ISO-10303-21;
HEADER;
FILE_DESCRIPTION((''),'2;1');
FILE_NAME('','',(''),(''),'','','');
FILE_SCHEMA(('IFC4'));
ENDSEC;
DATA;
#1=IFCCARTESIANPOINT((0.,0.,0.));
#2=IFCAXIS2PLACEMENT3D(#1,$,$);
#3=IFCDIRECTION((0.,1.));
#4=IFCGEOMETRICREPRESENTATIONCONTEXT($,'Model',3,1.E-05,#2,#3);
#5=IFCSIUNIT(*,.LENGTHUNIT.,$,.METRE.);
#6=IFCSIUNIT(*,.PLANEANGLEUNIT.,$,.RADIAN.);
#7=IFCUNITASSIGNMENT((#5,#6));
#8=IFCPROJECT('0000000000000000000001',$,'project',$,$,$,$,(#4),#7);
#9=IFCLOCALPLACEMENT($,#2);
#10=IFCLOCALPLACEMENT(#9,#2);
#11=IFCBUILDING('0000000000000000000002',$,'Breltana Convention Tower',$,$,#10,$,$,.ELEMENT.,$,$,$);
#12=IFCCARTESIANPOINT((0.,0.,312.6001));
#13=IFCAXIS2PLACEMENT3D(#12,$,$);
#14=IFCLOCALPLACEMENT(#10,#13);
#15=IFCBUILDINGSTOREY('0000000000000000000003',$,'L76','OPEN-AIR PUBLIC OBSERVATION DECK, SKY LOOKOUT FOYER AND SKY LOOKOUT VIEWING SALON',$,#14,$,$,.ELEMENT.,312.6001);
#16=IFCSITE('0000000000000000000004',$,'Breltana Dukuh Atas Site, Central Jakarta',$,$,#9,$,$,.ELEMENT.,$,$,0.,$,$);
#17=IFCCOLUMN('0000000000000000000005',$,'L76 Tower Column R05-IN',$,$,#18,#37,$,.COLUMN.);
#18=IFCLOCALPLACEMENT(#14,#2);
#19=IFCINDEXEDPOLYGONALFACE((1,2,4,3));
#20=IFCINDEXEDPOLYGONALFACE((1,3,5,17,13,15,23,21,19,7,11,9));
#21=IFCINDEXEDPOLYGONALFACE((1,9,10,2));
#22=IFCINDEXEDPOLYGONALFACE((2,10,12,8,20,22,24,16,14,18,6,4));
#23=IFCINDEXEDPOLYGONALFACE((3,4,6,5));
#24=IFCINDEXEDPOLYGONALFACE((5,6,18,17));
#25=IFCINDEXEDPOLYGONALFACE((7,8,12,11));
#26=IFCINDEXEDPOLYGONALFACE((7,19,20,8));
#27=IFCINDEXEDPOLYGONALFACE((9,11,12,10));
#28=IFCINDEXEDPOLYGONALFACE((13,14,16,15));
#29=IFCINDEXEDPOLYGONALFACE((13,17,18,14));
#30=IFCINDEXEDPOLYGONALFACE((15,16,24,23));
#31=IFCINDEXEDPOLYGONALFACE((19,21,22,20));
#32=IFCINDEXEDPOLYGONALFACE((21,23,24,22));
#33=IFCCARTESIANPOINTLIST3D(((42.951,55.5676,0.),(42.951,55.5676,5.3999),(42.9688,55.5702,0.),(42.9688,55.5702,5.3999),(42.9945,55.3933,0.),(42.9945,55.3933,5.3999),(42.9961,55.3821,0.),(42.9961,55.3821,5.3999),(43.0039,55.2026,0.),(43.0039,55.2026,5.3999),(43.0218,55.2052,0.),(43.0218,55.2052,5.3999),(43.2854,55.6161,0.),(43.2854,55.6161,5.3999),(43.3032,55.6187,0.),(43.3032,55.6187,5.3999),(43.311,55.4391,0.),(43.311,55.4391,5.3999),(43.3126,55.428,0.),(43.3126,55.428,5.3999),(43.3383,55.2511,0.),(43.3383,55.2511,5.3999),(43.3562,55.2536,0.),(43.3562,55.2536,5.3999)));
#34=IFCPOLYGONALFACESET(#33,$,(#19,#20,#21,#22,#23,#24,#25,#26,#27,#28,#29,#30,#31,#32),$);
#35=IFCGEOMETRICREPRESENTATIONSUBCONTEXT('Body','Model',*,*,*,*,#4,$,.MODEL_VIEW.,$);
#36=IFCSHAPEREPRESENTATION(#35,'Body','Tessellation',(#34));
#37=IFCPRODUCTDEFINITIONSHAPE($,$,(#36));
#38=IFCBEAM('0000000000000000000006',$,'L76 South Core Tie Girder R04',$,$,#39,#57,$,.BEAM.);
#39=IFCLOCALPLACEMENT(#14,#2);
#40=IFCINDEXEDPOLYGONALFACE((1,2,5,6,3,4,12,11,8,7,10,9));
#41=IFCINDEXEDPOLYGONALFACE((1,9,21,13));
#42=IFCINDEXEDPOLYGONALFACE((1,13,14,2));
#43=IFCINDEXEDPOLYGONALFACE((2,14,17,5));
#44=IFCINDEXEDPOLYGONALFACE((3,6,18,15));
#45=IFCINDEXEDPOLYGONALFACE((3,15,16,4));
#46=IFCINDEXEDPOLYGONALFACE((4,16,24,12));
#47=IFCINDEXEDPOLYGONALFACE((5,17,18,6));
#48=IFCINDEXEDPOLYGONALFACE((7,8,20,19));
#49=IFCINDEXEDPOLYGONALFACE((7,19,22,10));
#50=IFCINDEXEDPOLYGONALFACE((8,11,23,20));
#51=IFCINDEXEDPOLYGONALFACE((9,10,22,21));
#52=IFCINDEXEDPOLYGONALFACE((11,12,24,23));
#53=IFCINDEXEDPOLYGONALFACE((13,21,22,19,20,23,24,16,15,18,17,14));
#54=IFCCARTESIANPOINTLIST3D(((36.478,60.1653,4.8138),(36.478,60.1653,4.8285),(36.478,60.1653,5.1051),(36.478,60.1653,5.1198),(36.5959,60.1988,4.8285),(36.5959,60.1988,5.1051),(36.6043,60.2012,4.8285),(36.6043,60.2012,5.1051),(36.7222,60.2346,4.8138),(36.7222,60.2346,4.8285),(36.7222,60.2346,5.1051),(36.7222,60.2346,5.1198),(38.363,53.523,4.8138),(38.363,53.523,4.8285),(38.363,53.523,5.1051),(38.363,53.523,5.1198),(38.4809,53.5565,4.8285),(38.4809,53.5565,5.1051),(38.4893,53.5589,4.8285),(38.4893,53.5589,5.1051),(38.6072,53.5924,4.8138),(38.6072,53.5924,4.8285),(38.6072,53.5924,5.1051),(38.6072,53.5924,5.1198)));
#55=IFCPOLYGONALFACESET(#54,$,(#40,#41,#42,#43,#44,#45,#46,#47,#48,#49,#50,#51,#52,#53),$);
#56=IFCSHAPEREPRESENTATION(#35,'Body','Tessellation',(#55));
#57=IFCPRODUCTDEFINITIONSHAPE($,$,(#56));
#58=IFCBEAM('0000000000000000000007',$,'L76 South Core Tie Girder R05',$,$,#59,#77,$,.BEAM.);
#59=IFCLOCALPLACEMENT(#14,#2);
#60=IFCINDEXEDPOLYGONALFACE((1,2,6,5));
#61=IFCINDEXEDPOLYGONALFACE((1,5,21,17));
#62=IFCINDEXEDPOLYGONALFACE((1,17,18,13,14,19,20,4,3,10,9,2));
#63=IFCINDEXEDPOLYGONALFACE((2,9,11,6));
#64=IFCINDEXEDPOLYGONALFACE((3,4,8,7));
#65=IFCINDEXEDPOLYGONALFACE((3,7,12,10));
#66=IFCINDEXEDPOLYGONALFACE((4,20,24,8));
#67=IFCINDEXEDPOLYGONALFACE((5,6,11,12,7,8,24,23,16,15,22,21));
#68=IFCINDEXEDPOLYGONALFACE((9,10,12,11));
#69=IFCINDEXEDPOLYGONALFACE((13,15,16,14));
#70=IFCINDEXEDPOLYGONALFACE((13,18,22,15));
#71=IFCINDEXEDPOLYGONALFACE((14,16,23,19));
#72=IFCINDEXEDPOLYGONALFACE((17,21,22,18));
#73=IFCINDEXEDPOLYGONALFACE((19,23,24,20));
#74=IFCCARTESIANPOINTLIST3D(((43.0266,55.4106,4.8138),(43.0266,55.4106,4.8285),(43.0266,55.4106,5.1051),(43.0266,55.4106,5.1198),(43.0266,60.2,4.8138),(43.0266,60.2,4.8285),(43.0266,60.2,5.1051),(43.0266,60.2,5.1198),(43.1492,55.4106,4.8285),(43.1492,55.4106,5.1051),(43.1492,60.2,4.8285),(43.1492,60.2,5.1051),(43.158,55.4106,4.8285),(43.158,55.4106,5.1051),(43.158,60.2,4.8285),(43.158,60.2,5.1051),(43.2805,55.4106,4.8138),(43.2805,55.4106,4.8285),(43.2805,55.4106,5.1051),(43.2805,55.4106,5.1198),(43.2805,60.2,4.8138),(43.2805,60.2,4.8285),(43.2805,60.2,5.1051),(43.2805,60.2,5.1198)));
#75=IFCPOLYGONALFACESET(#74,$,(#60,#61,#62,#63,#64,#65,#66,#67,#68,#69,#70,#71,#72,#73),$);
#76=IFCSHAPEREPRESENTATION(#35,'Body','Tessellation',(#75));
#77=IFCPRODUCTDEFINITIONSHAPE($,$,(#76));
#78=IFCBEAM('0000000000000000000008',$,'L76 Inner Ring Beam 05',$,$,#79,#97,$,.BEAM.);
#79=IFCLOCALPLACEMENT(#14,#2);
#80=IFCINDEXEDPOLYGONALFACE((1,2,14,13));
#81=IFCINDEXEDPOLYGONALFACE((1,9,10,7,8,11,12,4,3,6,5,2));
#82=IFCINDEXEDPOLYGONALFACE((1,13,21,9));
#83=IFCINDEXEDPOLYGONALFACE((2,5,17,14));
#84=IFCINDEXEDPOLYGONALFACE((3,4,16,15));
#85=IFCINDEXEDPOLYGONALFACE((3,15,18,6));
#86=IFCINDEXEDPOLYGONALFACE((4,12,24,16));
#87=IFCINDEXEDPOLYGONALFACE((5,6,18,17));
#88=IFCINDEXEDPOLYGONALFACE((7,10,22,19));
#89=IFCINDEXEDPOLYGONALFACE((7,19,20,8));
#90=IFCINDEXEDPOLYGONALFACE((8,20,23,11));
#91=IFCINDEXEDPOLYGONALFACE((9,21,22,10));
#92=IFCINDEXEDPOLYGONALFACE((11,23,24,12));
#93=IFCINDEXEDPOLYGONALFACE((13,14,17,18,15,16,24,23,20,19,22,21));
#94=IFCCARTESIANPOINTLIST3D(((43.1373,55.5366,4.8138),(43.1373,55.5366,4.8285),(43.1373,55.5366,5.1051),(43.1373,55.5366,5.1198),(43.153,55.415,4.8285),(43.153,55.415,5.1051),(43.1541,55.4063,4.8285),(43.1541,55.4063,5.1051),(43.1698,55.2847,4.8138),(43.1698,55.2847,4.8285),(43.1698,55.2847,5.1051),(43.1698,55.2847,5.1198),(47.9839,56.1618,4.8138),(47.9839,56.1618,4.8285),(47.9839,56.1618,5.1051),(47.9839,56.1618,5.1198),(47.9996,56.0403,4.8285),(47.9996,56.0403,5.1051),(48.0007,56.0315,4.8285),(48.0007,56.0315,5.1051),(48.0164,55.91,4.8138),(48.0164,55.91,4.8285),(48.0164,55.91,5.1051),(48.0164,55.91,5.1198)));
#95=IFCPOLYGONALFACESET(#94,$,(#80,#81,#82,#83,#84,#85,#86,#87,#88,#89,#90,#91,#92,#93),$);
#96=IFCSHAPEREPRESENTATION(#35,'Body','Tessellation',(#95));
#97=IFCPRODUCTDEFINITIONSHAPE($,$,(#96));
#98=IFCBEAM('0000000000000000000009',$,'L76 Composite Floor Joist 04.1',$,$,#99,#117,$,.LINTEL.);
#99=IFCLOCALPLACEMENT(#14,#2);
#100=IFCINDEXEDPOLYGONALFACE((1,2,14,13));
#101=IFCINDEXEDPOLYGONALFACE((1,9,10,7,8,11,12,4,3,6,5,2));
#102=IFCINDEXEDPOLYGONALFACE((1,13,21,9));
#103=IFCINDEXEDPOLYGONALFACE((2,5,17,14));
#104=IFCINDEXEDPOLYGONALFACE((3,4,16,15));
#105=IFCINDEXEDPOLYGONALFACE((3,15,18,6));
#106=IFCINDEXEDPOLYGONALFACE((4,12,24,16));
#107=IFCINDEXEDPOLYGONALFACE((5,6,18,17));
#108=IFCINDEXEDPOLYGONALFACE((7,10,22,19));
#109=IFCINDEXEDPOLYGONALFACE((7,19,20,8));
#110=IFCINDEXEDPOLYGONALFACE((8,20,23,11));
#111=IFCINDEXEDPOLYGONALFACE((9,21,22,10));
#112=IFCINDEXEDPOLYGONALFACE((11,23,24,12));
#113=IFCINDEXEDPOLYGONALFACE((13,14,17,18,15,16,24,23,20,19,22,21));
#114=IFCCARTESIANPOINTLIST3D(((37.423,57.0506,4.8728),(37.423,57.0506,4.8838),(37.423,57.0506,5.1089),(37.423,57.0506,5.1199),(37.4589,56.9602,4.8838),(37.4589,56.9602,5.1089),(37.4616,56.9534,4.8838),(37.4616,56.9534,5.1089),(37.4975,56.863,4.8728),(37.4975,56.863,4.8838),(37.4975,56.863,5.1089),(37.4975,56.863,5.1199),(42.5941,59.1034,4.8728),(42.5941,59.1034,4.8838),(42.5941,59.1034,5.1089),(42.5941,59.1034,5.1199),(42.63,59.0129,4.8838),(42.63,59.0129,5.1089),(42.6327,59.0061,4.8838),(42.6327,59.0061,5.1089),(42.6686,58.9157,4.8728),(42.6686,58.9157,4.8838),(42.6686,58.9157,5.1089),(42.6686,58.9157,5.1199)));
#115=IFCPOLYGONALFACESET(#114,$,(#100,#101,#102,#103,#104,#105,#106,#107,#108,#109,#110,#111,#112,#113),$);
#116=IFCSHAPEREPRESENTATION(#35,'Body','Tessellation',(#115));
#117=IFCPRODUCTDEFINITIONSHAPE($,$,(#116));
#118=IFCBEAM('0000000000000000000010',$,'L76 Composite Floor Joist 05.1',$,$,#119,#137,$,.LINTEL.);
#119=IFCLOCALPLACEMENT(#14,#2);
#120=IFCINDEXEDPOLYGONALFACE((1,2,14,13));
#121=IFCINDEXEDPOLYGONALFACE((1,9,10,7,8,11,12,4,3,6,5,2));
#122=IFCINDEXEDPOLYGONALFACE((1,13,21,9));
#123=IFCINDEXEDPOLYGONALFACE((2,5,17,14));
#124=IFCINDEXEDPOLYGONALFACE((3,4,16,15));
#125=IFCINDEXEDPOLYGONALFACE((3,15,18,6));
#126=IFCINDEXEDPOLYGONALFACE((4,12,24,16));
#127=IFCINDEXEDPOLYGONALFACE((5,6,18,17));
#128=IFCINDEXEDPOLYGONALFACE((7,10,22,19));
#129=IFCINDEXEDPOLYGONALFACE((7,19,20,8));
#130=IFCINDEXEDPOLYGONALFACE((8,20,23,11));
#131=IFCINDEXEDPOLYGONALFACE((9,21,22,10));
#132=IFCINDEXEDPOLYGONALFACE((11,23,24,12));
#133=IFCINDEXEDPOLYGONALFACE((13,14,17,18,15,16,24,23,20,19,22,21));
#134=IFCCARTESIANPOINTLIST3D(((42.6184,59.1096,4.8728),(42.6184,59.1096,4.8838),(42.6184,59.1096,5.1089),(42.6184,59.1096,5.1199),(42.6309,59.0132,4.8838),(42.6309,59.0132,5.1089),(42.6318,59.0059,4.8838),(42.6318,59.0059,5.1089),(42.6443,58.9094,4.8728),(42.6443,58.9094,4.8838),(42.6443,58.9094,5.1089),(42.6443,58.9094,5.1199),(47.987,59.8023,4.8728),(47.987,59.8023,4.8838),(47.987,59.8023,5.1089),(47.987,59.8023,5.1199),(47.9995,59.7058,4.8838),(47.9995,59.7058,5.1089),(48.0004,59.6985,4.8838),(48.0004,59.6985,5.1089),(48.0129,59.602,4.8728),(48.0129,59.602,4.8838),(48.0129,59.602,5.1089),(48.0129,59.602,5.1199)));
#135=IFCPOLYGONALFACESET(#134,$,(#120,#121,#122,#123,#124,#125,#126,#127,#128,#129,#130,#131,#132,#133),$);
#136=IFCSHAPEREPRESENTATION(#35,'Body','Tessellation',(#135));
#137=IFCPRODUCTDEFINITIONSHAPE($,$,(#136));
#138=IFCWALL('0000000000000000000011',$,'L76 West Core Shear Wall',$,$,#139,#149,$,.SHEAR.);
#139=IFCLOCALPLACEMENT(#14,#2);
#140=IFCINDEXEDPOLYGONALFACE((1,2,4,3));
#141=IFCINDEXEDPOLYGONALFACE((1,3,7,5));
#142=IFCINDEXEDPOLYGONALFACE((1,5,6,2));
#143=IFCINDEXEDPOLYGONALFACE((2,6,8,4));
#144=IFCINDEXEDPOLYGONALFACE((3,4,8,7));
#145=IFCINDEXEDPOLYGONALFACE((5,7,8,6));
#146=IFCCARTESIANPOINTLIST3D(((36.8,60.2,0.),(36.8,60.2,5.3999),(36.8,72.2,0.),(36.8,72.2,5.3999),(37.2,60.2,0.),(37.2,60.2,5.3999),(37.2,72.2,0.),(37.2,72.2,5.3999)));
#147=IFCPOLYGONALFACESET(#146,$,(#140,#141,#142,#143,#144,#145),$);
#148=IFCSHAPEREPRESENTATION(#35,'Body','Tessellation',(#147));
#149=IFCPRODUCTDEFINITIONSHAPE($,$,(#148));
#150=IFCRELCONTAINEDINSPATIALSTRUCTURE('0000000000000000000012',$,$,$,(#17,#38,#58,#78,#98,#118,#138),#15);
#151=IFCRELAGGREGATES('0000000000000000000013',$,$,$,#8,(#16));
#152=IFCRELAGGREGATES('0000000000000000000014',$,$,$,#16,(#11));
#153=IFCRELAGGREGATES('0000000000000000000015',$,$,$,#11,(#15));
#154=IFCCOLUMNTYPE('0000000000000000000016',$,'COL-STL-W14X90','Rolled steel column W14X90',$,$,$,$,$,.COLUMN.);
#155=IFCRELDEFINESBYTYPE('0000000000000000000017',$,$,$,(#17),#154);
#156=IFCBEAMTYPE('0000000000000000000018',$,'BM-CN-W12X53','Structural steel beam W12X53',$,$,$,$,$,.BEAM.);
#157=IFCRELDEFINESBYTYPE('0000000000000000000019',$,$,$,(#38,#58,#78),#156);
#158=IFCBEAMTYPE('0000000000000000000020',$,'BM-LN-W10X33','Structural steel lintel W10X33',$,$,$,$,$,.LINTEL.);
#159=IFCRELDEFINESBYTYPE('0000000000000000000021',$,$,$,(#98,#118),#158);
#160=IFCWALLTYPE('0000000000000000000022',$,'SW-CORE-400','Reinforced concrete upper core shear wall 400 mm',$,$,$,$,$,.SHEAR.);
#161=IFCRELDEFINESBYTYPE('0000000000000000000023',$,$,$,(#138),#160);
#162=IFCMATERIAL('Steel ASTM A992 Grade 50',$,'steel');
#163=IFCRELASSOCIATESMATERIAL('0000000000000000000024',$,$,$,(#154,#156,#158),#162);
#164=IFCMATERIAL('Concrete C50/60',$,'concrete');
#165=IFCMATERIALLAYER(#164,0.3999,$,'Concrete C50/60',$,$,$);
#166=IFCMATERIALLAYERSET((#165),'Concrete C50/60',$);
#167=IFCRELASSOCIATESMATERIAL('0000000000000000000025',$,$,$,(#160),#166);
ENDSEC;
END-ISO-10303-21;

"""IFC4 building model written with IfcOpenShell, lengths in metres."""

from ifc_helpers import new_model, si_unit, direction, frame, frame_2d, origin, origin_2d, place, context, subcontext, project, spatial, rectangle, i_section, extrude, source, transform, mapped, material, layer, layer_set, material_profile, profile_set, type_object, element, save


model = new_model("IFC4")

# Units and contexts
model_context = context("Model", 3, precision=1e-05, world=origin(), true_north=direction((0.0, 1.0)))
body_context = subcontext(model_context, "Body", "Model", "MODEL_VIEW")
ifc_project = project(units=[si_unit("LENGTHUNIT", "METRE"), si_unit("PLANEANGLEUNIT", "RADIAN")], contexts=[model_context])

# Site, building, storey
site_placement = place(None, origin())
site = spatial("IfcSite", under=ifc_project, at=site_placement, Name="Breltana Dukuh Atas Site, Central Jakarta", CompositionType="ELEMENT", RefElevation=0.0)
building_placement = place(site_placement, origin())
building = spatial("IfcBuilding", under=site, at=building_placement, Name="Breltana Convention Tower", CompositionType="ELEMENT")
storey_placement = place(building_placement, frame((0.0, 0.0, 312.6001)))
storey = spatial("IfcBuildingStorey", under=building, at=storey_placement, Name="L76", Description="OPEN-AIR PUBLIC OBSERVATION DECK, SKY LOOKOUT FOYER AND SKY LOOKOUT VIEWING SALON", CompositionType="ELEMENT", Elevation=312.6001)

# Column
ifc_material_1 = material(Name="Steel ASTM A992 Grade 50", Category="steel")
ifc_material_profile_1 = material_profile(ifc_material_1, i_section(OverallWidth=0.3689, OverallDepth=0.356, WebThickness=0.0112, FlangeThickness=0.0181, at=origin_2d()), Name="W14X90")
ifc_profile_set_1 = profile_set([ifc_material_profile_1], Name="Steel ASTM A992 Grade 50")
column_type = type_object("IfcColumnType", Name="COL-STL-W14X90", Description="Rolled steel column W14X90", PredefinedType="COLUMN", material=ifc_profile_set_1)
shared_shape_1 = source(origin(), body_context, "Body", "SweptSolid", [
    extrude(i_section(OverallWidth=0.3689, OverallDepth=0.356, WebThickness=0.0112, FlangeThickness=0.0181, at=origin_2d()), origin(), (0.0, 0.0, 1.0), 5.3999),
])
column_placement = place(storey_placement, frame((43.1536, 55.4106, 0.0), z_axis=(0.0, 0.0, 1.0), x_axis=(-0.143493, 0.989651, 0.0)))
element("IfcColumn", 1, at=column_placement, inside=storey, type_object=column_type, Name="L76 Tower Column R05-IN", PredefinedType="COLUMN", context=body_context, shape_type="MappedRepresentation", body=[
    mapped(shared_shape_1, transform((0.0, 0.0, 0.0), scale=1.0)),
])

# Beams
ifc_material_profile_2 = material_profile(ifc_material_1, i_section(OverallWidth=0.2539, OverallDepth=0.3059, WebThickness=0.0088, FlangeThickness=0.0146, at=origin_2d()), Name="W12X53")
ifc_profile_set_2 = profile_set([ifc_material_profile_2], Name="Steel ASTM A992 Grade 50")
beam_type_1 = type_object("IfcBeamType", Name="BM-CN-W12X53", Description="Structural steel beam W12X53", PredefinedType="BEAM", material=ifc_profile_set_2)
shared_shape_2 = source(origin(), body_context, "Body", "SweptSolid", [
    extrude(i_section(OverallWidth=0.2539, OverallDepth=0.3059, WebThickness=0.0088, FlangeThickness=0.0146, at=origin_2d()), origin(), (0.0, 0.0, 1.0), 6.9045),
])
beam_1_placement = place(storey_placement, frame((36.6001, 60.2, 4.9668), z_axis=(0.273007, -0.962012, 0.0), x_axis=(0.962012, 0.273007, 0.0)))
element("IfcBeam", 2, at=beam_1_placement, inside=storey, type_object=beam_type_1, Name="L76 South Core Tie Girder R04", PredefinedType="BEAM", context=body_context, shape_type="MappedRepresentation", body=[
    mapped(shared_shape_2, transform((0.0, 0.0, 0.0), scale=1.0)),
])
shared_shape_3 = source(origin(), body_context, "Body", "SweptSolid", [
    extrude(i_section(OverallWidth=0.2539, OverallDepth=0.3059, WebThickness=0.0088, FlangeThickness=0.0146, at=origin_2d()), origin(), (0.0, 0.0, 1.0), 4.7893),
])
beam_2_placement = place(storey_placement, frame((43.1536, 60.2, 4.9668), z_axis=(0.0, -1.0, 0.0), x_axis=(1.0, 0.0, 0.0)))
element("IfcBeam", 3, at=beam_2_placement, inside=storey, type_object=beam_type_1, Name="L76 South Core Tie Girder R05", PredefinedType="BEAM", context=body_context, shape_type="MappedRepresentation", body=[
    mapped(shared_shape_3, transform((0.0, 0.0, 0.0), scale=1.0)),
])
shared_shape_4 = source(origin(), body_context, "Body", "SweptSolid", [
    extrude(i_section(OverallWidth=0.2539, OverallDepth=0.3059, WebThickness=0.0088, FlangeThickness=0.0146, at=origin_2d()), origin(), (0.0, 0.0, 1.0), 4.8867),
])
beam_3_placement = place(storey_placement, frame((43.1536, 55.4106, 4.9668), z_axis=(0.991781, 0.127951, 0.0), x_axis=(-0.127951, 0.991781, 0.0)))
element("IfcBeam", 4, at=beam_3_placement, inside=storey, type_object=beam_type_1, Name="L76 Inner Ring Beam 05", PredefinedType="BEAM", context=body_context, shape_type="MappedRepresentation", body=[
    mapped(shared_shape_4, transform((0.0, 0.0, 0.0), scale=1.0)),
])
ifc_material_profile_3 = material_profile(ifc_material_1, i_section(OverallWidth=0.2019, OverallDepth=0.2471, WebThickness=0.0073, FlangeThickness=0.011, at=origin_2d()), Name="W10X33")
ifc_profile_set_3 = profile_set([ifc_material_profile_3], Name="Steel ASTM A992 Grade 50")
beam_type_2 = type_object("IfcBeamType", Name="BM-LN-W10X33", Description="Structural steel lintel W10X33", PredefinedType="LINTEL", material=ifc_profile_set_3)
shared_shape_5 = source(origin(), body_context, "Body", "SweptSolid", [
    extrude(i_section(OverallWidth=0.2019, OverallDepth=0.2471, WebThickness=0.0073, FlangeThickness=0.011, at=origin_2d()), origin(), (0.0, 0.0, 1.0), 5.5637),
])
beam_4_placement = place(storey_placement, frame((37.4602, 56.9568, 4.9963), z_axis=(0.929448, 0.368953, 0.0), x_axis=(-0.368953, 0.929448, 0.0)))
element("IfcBeam", 5, at=beam_4_placement, inside=storey, type_object=beam_type_2, Name="L76 Composite Floor Joist 04.1", PredefinedType="LINTEL", context=body_context, shape_type="MappedRepresentation", body=[
    mapped(shared_shape_5, transform((0.0, 0.0, 0.0), scale=1.0)),
])
shared_shape_6 = source(origin(), body_context, "Body", "SweptSolid", [
    extrude(i_section(OverallWidth=0.2019, OverallDepth=0.2471, WebThickness=0.0073, FlangeThickness=0.011, at=origin_2d()), origin(), (0.0, 0.0, 1.0), 5.4131),
])
beam_5_placement = place(storey_placement, frame((42.6313, 59.0095, 4.9963), z_axis=(0.99178, 0.127953, 0.0), x_axis=(-0.127953, 0.99178, 0.0)))
element("IfcBeam", 6, at=beam_5_placement, inside=storey, type_object=beam_type_2, Name="L76 Composite Floor Joist 05.1", PredefinedType="LINTEL", context=body_context, shape_type="MappedRepresentation", body=[
    mapped(shared_shape_6, transform((0.0, 0.0, 0.0), scale=1.0)),
])

# Wall
ifc_material_2 = material(Name="Concrete C50/60", Category="concrete")
ifc_layer_1 = layer(ifc_material_2, 0.3999, Name="Concrete C50/60")
ifc_layer_set_1 = layer_set([ifc_layer_1], Name="Concrete C50/60")
wall_type_1 = type_object("IfcWallType", Name="SW-CORE-400", Description="Reinforced concrete upper core shear wall 400 mm", PredefinedType="SHEAR", material=ifc_layer_set_1)
shared_shape_7 = source(origin(), body_context, "Body", "SweptSolid", [
    extrude(rectangle(XDim=12.0, YDim=0.3999, at=frame_2d((6.0, 0.0))), origin(), (0.0, 0.0, 1.0), 5.3999),
])
wall_1_placement = place(storey_placement, frame((37.0, 60.2, 0.0), z_axis=(0.0, 0.0, 1.0), x_axis=(0.0, 1.0, 0.0)))
element("IfcWall", 7, at=wall_1_placement, inside=storey, type_object=wall_type_1, Name="L76 West Core Shear Wall", PredefinedType="SHEAR", context=body_context, shape_type="MappedRepresentation", body=[
    mapped(shared_shape_7, transform((0.0, 0.0, 0.0), scale=1.0)),
])

save(model, "model.ifc")
